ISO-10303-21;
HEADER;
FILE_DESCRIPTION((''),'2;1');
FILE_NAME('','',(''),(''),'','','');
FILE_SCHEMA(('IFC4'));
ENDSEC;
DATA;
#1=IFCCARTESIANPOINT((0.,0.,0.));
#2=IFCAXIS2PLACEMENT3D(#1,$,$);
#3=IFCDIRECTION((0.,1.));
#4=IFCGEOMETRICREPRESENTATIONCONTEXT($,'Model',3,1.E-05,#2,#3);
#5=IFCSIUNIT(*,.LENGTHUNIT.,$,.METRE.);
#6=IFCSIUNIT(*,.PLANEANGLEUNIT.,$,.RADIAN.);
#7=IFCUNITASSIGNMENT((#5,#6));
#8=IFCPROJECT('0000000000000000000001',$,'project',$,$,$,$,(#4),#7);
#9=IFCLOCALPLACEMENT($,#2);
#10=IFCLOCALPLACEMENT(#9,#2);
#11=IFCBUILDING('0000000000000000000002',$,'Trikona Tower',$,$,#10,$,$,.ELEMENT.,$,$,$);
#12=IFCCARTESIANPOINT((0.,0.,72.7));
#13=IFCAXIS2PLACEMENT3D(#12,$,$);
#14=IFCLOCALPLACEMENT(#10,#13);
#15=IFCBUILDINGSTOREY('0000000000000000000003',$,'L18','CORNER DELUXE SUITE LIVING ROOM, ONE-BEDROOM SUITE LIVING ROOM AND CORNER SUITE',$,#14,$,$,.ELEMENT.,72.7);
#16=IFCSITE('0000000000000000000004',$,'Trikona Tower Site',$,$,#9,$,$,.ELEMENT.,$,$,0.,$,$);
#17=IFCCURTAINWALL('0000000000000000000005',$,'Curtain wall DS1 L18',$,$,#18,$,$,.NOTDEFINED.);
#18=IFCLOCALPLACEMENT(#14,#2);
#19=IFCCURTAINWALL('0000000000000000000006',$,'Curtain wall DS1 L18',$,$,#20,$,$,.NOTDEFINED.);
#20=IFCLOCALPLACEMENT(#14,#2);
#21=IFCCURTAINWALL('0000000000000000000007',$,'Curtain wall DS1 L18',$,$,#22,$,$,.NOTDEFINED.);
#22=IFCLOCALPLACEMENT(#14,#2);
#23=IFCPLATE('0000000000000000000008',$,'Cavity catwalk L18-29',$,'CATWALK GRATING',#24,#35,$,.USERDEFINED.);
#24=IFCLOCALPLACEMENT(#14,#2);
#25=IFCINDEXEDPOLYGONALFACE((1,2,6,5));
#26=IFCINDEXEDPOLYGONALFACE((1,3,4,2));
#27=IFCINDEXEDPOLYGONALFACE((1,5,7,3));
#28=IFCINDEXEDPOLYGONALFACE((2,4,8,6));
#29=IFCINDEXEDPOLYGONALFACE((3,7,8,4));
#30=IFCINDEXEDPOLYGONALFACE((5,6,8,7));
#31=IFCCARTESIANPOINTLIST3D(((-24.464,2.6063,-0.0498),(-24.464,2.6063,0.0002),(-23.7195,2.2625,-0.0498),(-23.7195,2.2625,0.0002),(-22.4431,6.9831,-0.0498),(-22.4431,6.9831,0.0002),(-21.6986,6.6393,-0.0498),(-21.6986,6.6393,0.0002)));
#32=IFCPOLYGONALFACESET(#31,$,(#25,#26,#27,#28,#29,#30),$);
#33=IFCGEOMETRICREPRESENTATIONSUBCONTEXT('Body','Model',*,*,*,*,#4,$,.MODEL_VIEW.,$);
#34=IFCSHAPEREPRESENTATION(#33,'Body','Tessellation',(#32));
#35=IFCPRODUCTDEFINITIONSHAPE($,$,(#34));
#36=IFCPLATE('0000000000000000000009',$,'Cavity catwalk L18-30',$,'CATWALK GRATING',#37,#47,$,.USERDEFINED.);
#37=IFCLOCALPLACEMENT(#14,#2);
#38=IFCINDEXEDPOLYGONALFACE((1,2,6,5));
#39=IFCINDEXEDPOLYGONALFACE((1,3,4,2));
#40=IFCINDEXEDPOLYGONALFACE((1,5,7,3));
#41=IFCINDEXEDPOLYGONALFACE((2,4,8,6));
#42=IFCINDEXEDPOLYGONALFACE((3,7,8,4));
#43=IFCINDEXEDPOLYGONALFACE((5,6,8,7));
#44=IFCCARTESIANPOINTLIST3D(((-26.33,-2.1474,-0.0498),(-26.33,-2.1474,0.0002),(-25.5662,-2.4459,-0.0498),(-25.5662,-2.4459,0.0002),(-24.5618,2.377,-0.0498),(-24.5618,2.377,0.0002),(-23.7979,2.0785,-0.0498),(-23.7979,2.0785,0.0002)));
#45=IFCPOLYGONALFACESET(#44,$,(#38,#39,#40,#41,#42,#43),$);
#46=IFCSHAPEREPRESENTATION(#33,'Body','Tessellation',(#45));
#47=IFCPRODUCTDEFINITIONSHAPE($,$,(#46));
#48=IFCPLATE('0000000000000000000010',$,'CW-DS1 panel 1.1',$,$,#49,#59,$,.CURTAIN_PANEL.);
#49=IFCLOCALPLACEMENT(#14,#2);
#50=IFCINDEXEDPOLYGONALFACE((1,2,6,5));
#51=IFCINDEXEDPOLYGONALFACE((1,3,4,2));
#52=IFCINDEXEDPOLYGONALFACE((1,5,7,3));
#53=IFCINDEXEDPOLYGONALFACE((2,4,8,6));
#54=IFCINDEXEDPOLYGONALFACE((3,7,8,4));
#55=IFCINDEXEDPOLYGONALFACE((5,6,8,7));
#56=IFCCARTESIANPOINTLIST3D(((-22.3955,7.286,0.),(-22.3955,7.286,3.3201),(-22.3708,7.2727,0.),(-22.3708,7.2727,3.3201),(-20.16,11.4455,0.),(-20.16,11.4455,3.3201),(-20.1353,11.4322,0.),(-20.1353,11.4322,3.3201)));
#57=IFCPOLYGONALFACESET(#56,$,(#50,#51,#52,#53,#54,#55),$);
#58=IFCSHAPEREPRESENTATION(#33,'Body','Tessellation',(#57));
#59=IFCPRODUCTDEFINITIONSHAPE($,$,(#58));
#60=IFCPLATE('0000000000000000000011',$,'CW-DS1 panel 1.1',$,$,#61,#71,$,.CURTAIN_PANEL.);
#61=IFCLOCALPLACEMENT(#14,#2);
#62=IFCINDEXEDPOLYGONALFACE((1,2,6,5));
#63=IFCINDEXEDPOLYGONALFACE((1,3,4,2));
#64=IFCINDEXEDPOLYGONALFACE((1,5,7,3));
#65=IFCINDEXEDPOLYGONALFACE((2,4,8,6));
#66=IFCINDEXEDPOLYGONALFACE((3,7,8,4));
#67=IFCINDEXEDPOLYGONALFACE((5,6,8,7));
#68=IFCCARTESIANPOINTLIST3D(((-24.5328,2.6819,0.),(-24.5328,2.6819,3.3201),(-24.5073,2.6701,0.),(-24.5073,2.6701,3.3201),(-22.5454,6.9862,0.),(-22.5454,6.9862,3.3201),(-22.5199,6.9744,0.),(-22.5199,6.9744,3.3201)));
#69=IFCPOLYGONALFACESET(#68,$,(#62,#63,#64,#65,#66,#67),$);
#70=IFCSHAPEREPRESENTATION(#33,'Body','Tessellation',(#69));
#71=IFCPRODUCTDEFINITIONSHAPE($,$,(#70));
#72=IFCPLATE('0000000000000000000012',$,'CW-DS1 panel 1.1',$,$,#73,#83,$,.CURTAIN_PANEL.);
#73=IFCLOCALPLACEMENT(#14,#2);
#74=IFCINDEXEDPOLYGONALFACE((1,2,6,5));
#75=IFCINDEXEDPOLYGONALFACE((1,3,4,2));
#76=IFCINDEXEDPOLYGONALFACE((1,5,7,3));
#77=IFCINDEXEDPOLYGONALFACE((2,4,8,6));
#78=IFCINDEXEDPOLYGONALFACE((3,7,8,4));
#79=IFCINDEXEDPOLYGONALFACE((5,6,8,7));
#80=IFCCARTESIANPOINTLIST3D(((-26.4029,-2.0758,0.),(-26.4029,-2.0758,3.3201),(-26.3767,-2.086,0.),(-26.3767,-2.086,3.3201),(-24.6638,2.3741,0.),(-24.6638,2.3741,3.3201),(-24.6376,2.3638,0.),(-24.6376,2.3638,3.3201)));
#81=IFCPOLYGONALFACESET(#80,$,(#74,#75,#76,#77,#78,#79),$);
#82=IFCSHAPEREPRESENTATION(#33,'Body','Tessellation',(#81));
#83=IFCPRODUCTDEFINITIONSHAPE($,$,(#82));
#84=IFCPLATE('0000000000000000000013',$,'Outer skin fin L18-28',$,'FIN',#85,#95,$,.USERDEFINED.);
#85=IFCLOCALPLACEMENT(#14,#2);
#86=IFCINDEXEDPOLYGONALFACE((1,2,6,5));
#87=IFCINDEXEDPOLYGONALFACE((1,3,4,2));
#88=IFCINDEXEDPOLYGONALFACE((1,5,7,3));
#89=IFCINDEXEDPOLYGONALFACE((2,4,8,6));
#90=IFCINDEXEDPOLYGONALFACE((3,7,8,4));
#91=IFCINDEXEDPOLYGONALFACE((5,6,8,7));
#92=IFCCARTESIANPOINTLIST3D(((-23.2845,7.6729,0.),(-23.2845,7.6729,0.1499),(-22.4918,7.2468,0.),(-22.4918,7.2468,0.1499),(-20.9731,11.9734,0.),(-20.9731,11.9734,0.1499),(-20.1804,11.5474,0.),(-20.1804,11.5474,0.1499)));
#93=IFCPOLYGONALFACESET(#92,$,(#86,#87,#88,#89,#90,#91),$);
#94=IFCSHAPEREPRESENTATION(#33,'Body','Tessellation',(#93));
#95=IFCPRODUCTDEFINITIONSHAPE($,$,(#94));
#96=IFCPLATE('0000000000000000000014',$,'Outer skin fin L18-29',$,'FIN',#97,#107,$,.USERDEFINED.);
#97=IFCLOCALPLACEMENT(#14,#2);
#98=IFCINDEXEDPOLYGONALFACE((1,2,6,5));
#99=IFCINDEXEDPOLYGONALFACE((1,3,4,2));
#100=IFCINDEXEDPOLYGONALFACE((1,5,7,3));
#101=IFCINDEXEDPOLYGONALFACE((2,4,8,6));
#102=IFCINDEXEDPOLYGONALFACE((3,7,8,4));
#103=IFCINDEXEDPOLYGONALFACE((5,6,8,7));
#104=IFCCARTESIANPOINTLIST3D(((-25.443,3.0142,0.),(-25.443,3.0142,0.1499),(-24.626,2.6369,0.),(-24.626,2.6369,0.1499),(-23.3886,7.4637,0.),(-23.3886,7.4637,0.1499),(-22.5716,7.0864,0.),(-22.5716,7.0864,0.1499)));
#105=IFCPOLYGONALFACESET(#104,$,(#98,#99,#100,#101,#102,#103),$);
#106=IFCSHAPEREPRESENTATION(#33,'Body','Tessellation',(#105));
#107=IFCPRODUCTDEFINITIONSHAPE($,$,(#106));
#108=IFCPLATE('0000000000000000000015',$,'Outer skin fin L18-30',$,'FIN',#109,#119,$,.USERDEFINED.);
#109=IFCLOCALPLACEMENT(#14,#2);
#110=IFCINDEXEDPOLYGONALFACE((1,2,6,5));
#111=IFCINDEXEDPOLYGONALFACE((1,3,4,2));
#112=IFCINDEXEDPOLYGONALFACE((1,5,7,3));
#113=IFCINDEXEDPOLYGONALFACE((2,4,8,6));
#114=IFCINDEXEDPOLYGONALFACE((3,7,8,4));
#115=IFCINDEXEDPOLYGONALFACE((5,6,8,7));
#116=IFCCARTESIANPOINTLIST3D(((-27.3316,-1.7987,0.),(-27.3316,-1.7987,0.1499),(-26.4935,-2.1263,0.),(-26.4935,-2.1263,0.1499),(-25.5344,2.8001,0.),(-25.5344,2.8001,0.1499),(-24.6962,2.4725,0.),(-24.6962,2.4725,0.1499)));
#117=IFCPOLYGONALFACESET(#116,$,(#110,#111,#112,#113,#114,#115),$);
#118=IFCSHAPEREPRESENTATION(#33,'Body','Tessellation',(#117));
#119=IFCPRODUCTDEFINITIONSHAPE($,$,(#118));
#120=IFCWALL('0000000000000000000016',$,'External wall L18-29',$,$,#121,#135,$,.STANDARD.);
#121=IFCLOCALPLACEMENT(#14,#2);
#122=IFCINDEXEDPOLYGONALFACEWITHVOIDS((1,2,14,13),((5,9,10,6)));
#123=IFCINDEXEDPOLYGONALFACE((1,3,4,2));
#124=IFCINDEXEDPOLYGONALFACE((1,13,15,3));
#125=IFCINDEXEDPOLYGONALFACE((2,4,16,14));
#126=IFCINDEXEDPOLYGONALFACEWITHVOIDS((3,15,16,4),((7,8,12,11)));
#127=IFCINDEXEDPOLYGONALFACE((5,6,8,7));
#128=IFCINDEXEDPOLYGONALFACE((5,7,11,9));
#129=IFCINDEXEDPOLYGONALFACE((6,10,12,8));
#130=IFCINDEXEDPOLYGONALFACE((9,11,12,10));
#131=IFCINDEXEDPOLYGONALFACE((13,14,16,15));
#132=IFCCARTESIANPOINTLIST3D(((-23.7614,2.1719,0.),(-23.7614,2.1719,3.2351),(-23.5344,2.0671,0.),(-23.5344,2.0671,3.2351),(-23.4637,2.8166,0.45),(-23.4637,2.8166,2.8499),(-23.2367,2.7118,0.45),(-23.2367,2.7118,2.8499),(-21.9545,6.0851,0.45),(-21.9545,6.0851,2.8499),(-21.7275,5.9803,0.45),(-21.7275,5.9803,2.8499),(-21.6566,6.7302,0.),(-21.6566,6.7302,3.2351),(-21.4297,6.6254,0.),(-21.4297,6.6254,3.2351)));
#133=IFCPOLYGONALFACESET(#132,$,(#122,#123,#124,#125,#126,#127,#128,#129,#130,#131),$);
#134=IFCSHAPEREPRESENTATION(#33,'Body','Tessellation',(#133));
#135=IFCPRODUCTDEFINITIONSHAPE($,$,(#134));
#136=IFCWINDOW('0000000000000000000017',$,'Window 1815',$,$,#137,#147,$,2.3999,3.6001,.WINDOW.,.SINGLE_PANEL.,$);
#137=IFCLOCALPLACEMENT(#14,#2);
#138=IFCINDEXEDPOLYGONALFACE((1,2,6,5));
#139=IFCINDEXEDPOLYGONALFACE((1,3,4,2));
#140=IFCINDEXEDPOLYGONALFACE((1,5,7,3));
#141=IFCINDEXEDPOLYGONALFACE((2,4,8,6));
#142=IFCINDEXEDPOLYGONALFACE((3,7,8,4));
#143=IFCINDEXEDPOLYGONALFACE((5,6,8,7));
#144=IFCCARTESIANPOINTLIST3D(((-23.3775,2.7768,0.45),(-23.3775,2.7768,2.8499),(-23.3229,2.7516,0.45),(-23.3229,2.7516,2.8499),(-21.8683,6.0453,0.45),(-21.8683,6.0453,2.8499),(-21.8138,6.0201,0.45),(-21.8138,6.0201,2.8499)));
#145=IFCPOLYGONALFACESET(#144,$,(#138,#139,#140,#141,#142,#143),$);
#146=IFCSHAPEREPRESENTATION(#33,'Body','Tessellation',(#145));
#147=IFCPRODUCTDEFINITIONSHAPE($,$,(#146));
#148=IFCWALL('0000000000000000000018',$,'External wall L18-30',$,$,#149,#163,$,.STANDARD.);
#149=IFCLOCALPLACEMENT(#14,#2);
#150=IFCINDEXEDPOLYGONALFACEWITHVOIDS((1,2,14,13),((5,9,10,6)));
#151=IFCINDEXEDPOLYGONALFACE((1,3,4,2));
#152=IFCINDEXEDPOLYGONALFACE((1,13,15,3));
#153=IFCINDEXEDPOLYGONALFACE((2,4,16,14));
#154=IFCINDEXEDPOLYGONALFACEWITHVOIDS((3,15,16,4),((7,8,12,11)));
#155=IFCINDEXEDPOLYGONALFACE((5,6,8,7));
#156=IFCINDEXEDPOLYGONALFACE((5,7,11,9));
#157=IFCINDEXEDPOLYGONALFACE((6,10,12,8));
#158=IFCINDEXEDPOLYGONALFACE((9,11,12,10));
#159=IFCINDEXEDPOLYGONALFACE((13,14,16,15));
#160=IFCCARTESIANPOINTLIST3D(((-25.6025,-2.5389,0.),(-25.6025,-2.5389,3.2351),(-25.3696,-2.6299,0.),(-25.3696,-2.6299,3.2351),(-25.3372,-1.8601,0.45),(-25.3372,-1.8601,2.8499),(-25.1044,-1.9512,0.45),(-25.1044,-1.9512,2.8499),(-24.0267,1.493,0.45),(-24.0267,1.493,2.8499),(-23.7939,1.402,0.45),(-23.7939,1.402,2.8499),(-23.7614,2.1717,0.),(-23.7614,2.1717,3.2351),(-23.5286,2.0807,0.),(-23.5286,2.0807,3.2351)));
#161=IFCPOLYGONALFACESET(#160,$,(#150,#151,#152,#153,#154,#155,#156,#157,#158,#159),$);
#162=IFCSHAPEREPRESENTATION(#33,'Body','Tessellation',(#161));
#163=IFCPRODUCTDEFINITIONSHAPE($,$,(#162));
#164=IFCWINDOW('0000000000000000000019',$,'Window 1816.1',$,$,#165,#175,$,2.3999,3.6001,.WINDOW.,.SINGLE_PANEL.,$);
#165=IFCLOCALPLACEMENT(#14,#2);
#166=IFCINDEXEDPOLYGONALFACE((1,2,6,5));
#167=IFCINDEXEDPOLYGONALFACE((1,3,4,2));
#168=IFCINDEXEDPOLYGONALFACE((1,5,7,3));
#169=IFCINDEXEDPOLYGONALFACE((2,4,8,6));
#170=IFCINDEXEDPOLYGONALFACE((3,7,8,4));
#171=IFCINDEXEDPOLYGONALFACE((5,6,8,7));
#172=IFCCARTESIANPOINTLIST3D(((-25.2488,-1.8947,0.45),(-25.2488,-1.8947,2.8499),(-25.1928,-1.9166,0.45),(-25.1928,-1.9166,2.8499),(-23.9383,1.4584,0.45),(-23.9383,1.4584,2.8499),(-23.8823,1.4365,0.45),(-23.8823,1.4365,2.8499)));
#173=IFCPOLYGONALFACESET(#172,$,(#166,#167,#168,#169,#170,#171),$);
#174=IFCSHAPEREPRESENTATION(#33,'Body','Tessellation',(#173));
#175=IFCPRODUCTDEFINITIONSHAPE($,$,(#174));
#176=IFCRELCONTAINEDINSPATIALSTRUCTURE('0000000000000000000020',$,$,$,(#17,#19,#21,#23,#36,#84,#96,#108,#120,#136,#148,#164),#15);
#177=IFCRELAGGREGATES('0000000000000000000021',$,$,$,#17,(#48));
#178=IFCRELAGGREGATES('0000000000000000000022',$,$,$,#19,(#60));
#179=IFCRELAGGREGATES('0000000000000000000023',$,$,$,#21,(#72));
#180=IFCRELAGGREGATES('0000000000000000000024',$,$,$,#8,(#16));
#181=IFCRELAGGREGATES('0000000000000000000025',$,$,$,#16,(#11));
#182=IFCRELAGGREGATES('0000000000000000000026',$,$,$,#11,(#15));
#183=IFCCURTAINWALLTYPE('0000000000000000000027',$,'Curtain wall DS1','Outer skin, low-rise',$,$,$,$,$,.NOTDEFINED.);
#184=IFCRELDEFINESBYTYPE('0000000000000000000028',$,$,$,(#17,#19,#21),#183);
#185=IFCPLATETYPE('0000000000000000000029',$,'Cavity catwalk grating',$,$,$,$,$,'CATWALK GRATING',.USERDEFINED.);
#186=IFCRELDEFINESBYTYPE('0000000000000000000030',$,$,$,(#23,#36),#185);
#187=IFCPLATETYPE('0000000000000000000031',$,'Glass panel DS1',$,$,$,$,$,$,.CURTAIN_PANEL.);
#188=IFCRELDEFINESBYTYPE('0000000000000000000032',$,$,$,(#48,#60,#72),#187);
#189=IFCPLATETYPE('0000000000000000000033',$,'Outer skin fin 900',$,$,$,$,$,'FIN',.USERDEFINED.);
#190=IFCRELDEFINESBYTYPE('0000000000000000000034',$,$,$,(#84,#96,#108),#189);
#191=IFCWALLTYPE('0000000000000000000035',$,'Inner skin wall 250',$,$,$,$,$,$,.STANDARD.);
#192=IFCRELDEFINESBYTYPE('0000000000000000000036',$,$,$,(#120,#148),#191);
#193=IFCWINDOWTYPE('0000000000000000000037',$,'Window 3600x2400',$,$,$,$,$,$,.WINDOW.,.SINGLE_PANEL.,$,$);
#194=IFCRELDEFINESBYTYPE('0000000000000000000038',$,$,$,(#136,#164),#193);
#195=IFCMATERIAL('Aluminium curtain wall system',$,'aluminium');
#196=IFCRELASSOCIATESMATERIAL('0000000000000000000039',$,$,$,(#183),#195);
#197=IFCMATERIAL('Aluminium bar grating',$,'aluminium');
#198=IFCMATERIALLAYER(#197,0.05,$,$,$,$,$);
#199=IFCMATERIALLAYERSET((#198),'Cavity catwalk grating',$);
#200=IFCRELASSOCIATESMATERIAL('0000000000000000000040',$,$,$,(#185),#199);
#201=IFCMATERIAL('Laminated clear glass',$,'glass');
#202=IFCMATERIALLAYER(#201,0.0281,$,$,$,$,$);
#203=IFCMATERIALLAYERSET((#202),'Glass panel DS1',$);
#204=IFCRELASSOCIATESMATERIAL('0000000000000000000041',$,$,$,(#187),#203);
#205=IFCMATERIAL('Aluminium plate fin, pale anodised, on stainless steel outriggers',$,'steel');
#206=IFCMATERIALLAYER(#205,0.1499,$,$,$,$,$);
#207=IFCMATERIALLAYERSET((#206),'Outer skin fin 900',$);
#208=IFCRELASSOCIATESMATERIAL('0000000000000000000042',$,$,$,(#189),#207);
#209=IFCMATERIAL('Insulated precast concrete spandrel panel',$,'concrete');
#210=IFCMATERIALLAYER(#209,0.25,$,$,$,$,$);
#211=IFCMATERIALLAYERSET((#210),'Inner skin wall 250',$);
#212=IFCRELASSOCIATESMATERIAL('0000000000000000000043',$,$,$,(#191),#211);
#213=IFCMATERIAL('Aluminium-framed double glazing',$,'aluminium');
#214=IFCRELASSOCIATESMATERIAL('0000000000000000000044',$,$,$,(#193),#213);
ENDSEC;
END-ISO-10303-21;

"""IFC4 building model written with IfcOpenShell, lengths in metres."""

from ifc_helpers import new_model, si_unit, direction, frame, frame_2d, origin, origin_2d, place, context, subcontext, project, spatial, rectangle, extrude, material, layer, layer_set, type_object, element, fill, aggregate, save


model = new_model("IFC4")

# Units and contexts
model_context = context("Model", 3, precision=1e-05, world=origin(), true_north=direction((0.0, 1.0)))
body_context = subcontext(model_context, "Body", "Model", "MODEL_VIEW")
ifc_project = project(units=[si_unit("LENGTHUNIT", "METRE"), si_unit("PLANEANGLEUNIT", "RADIAN")], contexts=[model_context])

# Site, building, storey
site_placement = place(None, origin())
site = spatial("IfcSite", under=ifc_project, at=site_placement, Name="Trikona Tower Site", CompositionType="ELEMENT", RefElevation=0.0)
building_placement = place(site_placement, origin())
building = spatial("IfcBuilding", under=site, at=building_placement, Name="Trikona Tower", CompositionType="ELEMENT")
storey_placement = place(building_placement, frame((0.0, 0.0, 72.7)))
storey = spatial("IfcBuildingStorey", under=building, at=storey_placement, Name="L18", Description="CORNER DELUXE SUITE LIVING ROOM, ONE-BEDROOM SUITE LIVING ROOM AND CORNER SUITE", CompositionType="ELEMENT", Elevation=72.7)

# Shared definitions
ifc_material_1 = material(Name="Aluminium curtain wall system", Category="aluminium")
curtain_wall_type = type_object("IfcCurtainWallType", Name="Curtain wall DS1", Description="Outer skin, low-rise", PredefinedType="NOTDEFINED", material=ifc_material_1)

# Curtain walls
curtain_wall_1_placement = place(storey_placement, origin())
curtain_wall_1 = element("IfcCurtainWall", 1, at=curtain_wall_1_placement, inside=storey, type_object=curtain_wall_type, Name="Curtain wall DS1 L18", PredefinedType="NOTDEFINED")
curtain_wall_2_placement = place(storey_placement, origin())
curtain_wall_2 = element("IfcCurtainWall", 2, at=curtain_wall_2_placement, inside=storey, type_object=curtain_wall_type, Name="Curtain wall DS1 L18", PredefinedType="NOTDEFINED")

# Curtain wall
curtain_wall_3_placement = place(storey_placement, origin())
curtain_wall_3 = element("IfcCurtainWall", 3, at=curtain_wall_3_placement, inside=storey, type_object=curtain_wall_type, Name="Curtain wall DS1 L18", PredefinedType="NOTDEFINED")

# Plates
ifc_material_2 = material(Name="Aluminium bar grating", Category="aluminium")
ifc_layer_1 = layer(ifc_material_2, 0.05)
ifc_layer_set_1 = layer_set([ifc_layer_1], Name="Cavity catwalk grating")
plate_type_1 = type_object("IfcPlateType", Name="Cavity catwalk grating", ElementType="CATWALK GRATING", PredefinedType="USERDEFINED", material=ifc_layer_set_1)
plate_1_placement = place(storey_placement, frame((-23.0813, 4.6228, -0.0498), z_axis=(0.0, 0.0, 1.0), x_axis=(-0.419194, -0.907897, 0.0)))
element("IfcPlate", 4, at=plate_1_placement, inside=storey, type_object=plate_type_1, Name="Cavity catwalk L18-29", ObjectType="CATWALK GRATING", PredefinedType="USERDEFINED", context=body_context, shape_type="SweptSolid", body=[
    extrude(rectangle(XDim=4.8208, YDim=0.8201, at=origin_2d()), origin(), (0.0, 0.0, 1.0), 0.05),
])
plate_2_placement = place(storey_placement, frame((-25.064, -0.0344, -0.0498), z_axis=(0.0, 0.0, 1.0), x_axis=(-0.364009, -0.931395, 0.0)))
element("IfcPlate", 5, at=plate_2_placement, inside=storey, type_object=plate_type_1, Name="Cavity catwalk L18-30", ObjectType="CATWALK GRATING", PredefinedType="USERDEFINED", context=body_context, shape_type="SweptSolid", body=[
    extrude(rectangle(XDim=4.8577, YDim=0.8201, at=origin_2d()), origin(), (0.0, 0.0, 1.0), 0.05),
])

# Plates
ifc_material_3 = material(Name="Laminated clear glass", Category="glass")
ifc_layer_2 = layer(ifc_material_3, 0.0281)
ifc_layer_set_2 = layer_set([ifc_layer_2], Name="Glass panel DS1")
plate_type_2 = type_object("IfcPlateType", Name="Glass panel DS1", PredefinedType="CURTAIN_PANEL", material=ifc_layer_set_2)
plate_3_placement = place(storey_placement, frame((-21.2654, 9.3591, 0.0), z_axis=(0.0, 0.0, 1.0), x_axis=(-0.473408, -0.880843, 0.0)))
plate_3 = element("IfcPlate", 6, at=plate_3_placement, type_object=plate_type_2, Name="CW-DS1 panel 1.1", PredefinedType="CURTAIN_PANEL", context=body_context, shape_type="SweptSolid", body=[
    extrude(rectangle(XDim=4.7222, YDim=0.0281, at=origin_2d()), origin(), (0.0, 0.0, 1.0), 3.3201),
])
aggregate(curtain_wall_1, [plate_3])
plate_4_placement = place(storey_placement, frame((-23.5264, 4.8281, 0.0), z_axis=(0.0, 0.0, 1.0), x_axis=(-0.41919, -0.907898, 0.0)))
plate_4 = element("IfcPlate", 7, at=plate_4_placement, type_object=plate_type_2, Name="CW-DS1 panel 1.1", PredefinedType="CURTAIN_PANEL", context=body_context, shape_type="SweptSolid", body=[
    extrude(rectangle(XDim=4.741, YDim=0.0281, at=origin_2d()), origin(), (0.0, 0.0, 1.0), 3.3201),
])
aggregate(curtain_wall_2, [plate_4])
plate_5_placement = place(storey_placement, frame((-25.5203, 0.144, 0.0), z_axis=(0.0, 0.0, 1.0), x_axis=(-0.364008, -0.931396, 0.0)))
plate_5 = element("IfcPlate", 8, at=plate_5_placement, type_object=plate_type_2, Name="CW-DS1 panel 1.1", PredefinedType="CURTAIN_PANEL", context=body_context, shape_type="SweptSolid", body=[
    extrude(rectangle(XDim=4.7776, YDim=0.0281, at=origin_2d()), origin(), (0.0, 0.0, 1.0), 3.3201),
])
aggregate(curtain_wall_3, [plate_5])

# Plates
ifc_material_4 = material(Name="Aluminium plate fin, pale anodised, on stainless steel outriggers", Category="steel")
ifc_layer_3 = layer(ifc_material_4, 0.1499)
ifc_layer_set_3 = layer_set([ifc_layer_3], Name="Outer skin fin 900")
plate_type_3 = type_object("IfcPlateType", Name="Outer skin fin 900", ElementType="FIN", PredefinedType="USERDEFINED", material=ifc_layer_set_3)
plate_6_placement = place(storey_placement, frame((-21.7324, 9.6101, 0.0), z_axis=(0.0, 0.0, 1.0), x_axis=(-0.473423, -0.880835, 0.0)))
element("IfcPlate", 9, at=plate_6_placement, inside=storey, type_object=plate_type_3, Name="Outer skin fin L18-28", ObjectType="FIN", PredefinedType="USERDEFINED", context=body_context, shape_type="SweptSolid", body=[
    extrude(rectangle(XDim=4.8823, YDim=0.8999, at=origin_2d()), origin(), (0.0, 0.0, 1.0), 0.1499),
])
plate_7_placement = place(storey_placement, frame((-24.0073, 5.0503, 0.0), z_axis=(0.0, 0.0, 1.0), x_axis=(-0.419194, -0.907897, 0.0)))
element("IfcPlate", 10, at=plate_7_placement, inside=storey, type_object=plate_type_3, Name="Outer skin fin L18-29", ObjectType="FIN", PredefinedType="USERDEFINED", context=body_context, shape_type="SweptSolid", body=[
    extrude(rectangle(XDim=4.9009, YDim=0.8999, at=origin_2d()), origin(), (0.0, 0.0, 1.0), 0.1499),
])
plate_8_placement = place(storey_placement, frame((-26.0139, 0.3369, 0.0), z_axis=(0.0, 0.0, 1.0), x_axis=(-0.364009, -0.931395, 0.0)))
element("IfcPlate", 11, at=plate_8_placement, inside=storey, type_object=plate_type_3, Name="Outer skin fin L18-30", ObjectType="FIN", PredefinedType="USERDEFINED", context=body_context, shape_type="SweptSolid", body=[
    extrude(rectangle(XDim=4.9375, YDim=0.8999, at=origin_2d()), origin(), (0.0, 0.0, 1.0), 0.1499),
])

# Walls, openings, windows
ifc_material_5 = material(Name="Insulated precast concrete spandrel panel", Category="concrete")
ifc_layer_4 = layer(ifc_material_5, 0.25)
ifc_layer_set_4 = layer_set([ifc_layer_4], Name="Inner skin wall 250")
wall_type = type_object("IfcWallType", Name="Inner skin wall 250", PredefinedType="STANDARD", material=ifc_layer_set_4)
wall_1_placement = place(storey_placement, frame((-21.5432, 6.6777, 0.0), z_axis=(0.0, 0.0, 1.0), x_axis=(-0.419203, -0.907892, 0.0)))
wall_1 = element("IfcWall", 12, at=wall_1_placement, inside=storey, type_object=wall_type, Name="External wall L18-29", PredefinedType="STANDARD", context=body_context, shape_type="SweptSolid", body=[
    extrude(rectangle(XDim=5.0208, YDim=0.25, at=frame_2d((2.5103, 0.0))), origin(), (0.0, 0.0, 1.0), 3.2351),
])
opening_1_placement = place(wall_1_placement, frame((0.7104, 0.0, 0.45)))
opening_1 = element("IfcOpeningElement", 13, at=opening_1_placement, cuts=wall_1, PredefinedType="OPENING", context=body_context, shape_type="SweptSolid", body=[
    extrude(rectangle(XDim=3.6001, YDim=2.3999, at=frame_2d((1.8, 1.2))), frame((0.0, 0.135, 0.0), z_axis=(0.0, -1.0, 0.0), x_axis=(1.0, 0.0, 0.0)), (0.0, 0.0, 1.0), 0.27),
])
ifc_material_6 = material(Name="Aluminium-framed double glazing", Category="aluminium")
window_type = type_object("IfcWindowType", Name="Window 3600x2400", PartitioningType="SINGLE_PANEL", PredefinedType="WINDOW", material=ifc_material_6)
window_1_placement = place(opening_1_placement, origin())
window_1 = element("IfcWindow", 14, at=window_1_placement, inside=storey, type_object=window_type, Name="Window 1815", OverallHeight=2.3999, OverallWidth=3.6001, PartitioningType="SINGLE_PANEL", PredefinedType="WINDOW", context=body_context, shape_type="SweptSolid", body=[
    extrude(rectangle(XDim=3.6001, YDim=2.3999, at=frame_2d((1.8, 1.2))), frame((0.0, 0.03, 0.0), z_axis=(0.0, -1.0, 0.0), x_axis=(1.0, 0.0, 0.0)), (0.0, 0.0, 1.0), 0.0601),
])
fill(opening_1, window_1)
wall_2_placement = place(storey_placement, frame((-23.645, 2.1262, 0.0), z_axis=(0.0, 0.0, 1.0), x_axis=(-0.364013, -0.931394, 0.0)))
wall_2 = element("IfcWall", 15, at=wall_2_placement, inside=storey, type_object=wall_type, Name="External wall L18-30", PredefinedType="STANDARD", context=body_context, shape_type="SweptSolid", body=[
    extrude(rectangle(XDim=5.0576, YDim=0.25, at=frame_2d((2.5288, 0.0))), origin(), (0.0, 0.0, 1.0), 3.2351),
])
opening_2_placement = place(wall_2_placement, frame((0.7288, 0.0, 0.45)))
opening_2 = element("IfcOpeningElement", 16, at=opening_2_placement, cuts=wall_2, PredefinedType="OPENING", context=body_context, shape_type="SweptSolid", body=[
    extrude(rectangle(XDim=3.6001, YDim=2.3999, at=frame_2d((1.8, 1.2))), frame((0.0, 0.135, 0.0), z_axis=(0.0, -1.0, 0.0), x_axis=(1.0, 0.0, 0.0)), (0.0, 0.0, 1.0), 0.27),
])
window_2_placement = place(opening_2_placement, origin())
window_2 = element("IfcWindow", 17, at=window_2_placement, inside=storey, type_object=window_type, Name="Window 1816.1", OverallHeight=2.3999, OverallWidth=3.6001, PartitioningType="SINGLE_PANEL", PredefinedType="WINDOW", context=body_context, shape_type="SweptSolid", body=[
    extrude(rectangle(XDim=3.6001, YDim=2.3999, at=frame_2d((1.8, 1.2))), frame((0.0, 0.03, 0.0), z_axis=(0.0, -1.0, 0.0), x_axis=(1.0, 0.0, 0.0)), (0.0, 0.0, 1.0), 0.0601),
])
fill(opening_2, window_2)

save(model, "model.ifc")
